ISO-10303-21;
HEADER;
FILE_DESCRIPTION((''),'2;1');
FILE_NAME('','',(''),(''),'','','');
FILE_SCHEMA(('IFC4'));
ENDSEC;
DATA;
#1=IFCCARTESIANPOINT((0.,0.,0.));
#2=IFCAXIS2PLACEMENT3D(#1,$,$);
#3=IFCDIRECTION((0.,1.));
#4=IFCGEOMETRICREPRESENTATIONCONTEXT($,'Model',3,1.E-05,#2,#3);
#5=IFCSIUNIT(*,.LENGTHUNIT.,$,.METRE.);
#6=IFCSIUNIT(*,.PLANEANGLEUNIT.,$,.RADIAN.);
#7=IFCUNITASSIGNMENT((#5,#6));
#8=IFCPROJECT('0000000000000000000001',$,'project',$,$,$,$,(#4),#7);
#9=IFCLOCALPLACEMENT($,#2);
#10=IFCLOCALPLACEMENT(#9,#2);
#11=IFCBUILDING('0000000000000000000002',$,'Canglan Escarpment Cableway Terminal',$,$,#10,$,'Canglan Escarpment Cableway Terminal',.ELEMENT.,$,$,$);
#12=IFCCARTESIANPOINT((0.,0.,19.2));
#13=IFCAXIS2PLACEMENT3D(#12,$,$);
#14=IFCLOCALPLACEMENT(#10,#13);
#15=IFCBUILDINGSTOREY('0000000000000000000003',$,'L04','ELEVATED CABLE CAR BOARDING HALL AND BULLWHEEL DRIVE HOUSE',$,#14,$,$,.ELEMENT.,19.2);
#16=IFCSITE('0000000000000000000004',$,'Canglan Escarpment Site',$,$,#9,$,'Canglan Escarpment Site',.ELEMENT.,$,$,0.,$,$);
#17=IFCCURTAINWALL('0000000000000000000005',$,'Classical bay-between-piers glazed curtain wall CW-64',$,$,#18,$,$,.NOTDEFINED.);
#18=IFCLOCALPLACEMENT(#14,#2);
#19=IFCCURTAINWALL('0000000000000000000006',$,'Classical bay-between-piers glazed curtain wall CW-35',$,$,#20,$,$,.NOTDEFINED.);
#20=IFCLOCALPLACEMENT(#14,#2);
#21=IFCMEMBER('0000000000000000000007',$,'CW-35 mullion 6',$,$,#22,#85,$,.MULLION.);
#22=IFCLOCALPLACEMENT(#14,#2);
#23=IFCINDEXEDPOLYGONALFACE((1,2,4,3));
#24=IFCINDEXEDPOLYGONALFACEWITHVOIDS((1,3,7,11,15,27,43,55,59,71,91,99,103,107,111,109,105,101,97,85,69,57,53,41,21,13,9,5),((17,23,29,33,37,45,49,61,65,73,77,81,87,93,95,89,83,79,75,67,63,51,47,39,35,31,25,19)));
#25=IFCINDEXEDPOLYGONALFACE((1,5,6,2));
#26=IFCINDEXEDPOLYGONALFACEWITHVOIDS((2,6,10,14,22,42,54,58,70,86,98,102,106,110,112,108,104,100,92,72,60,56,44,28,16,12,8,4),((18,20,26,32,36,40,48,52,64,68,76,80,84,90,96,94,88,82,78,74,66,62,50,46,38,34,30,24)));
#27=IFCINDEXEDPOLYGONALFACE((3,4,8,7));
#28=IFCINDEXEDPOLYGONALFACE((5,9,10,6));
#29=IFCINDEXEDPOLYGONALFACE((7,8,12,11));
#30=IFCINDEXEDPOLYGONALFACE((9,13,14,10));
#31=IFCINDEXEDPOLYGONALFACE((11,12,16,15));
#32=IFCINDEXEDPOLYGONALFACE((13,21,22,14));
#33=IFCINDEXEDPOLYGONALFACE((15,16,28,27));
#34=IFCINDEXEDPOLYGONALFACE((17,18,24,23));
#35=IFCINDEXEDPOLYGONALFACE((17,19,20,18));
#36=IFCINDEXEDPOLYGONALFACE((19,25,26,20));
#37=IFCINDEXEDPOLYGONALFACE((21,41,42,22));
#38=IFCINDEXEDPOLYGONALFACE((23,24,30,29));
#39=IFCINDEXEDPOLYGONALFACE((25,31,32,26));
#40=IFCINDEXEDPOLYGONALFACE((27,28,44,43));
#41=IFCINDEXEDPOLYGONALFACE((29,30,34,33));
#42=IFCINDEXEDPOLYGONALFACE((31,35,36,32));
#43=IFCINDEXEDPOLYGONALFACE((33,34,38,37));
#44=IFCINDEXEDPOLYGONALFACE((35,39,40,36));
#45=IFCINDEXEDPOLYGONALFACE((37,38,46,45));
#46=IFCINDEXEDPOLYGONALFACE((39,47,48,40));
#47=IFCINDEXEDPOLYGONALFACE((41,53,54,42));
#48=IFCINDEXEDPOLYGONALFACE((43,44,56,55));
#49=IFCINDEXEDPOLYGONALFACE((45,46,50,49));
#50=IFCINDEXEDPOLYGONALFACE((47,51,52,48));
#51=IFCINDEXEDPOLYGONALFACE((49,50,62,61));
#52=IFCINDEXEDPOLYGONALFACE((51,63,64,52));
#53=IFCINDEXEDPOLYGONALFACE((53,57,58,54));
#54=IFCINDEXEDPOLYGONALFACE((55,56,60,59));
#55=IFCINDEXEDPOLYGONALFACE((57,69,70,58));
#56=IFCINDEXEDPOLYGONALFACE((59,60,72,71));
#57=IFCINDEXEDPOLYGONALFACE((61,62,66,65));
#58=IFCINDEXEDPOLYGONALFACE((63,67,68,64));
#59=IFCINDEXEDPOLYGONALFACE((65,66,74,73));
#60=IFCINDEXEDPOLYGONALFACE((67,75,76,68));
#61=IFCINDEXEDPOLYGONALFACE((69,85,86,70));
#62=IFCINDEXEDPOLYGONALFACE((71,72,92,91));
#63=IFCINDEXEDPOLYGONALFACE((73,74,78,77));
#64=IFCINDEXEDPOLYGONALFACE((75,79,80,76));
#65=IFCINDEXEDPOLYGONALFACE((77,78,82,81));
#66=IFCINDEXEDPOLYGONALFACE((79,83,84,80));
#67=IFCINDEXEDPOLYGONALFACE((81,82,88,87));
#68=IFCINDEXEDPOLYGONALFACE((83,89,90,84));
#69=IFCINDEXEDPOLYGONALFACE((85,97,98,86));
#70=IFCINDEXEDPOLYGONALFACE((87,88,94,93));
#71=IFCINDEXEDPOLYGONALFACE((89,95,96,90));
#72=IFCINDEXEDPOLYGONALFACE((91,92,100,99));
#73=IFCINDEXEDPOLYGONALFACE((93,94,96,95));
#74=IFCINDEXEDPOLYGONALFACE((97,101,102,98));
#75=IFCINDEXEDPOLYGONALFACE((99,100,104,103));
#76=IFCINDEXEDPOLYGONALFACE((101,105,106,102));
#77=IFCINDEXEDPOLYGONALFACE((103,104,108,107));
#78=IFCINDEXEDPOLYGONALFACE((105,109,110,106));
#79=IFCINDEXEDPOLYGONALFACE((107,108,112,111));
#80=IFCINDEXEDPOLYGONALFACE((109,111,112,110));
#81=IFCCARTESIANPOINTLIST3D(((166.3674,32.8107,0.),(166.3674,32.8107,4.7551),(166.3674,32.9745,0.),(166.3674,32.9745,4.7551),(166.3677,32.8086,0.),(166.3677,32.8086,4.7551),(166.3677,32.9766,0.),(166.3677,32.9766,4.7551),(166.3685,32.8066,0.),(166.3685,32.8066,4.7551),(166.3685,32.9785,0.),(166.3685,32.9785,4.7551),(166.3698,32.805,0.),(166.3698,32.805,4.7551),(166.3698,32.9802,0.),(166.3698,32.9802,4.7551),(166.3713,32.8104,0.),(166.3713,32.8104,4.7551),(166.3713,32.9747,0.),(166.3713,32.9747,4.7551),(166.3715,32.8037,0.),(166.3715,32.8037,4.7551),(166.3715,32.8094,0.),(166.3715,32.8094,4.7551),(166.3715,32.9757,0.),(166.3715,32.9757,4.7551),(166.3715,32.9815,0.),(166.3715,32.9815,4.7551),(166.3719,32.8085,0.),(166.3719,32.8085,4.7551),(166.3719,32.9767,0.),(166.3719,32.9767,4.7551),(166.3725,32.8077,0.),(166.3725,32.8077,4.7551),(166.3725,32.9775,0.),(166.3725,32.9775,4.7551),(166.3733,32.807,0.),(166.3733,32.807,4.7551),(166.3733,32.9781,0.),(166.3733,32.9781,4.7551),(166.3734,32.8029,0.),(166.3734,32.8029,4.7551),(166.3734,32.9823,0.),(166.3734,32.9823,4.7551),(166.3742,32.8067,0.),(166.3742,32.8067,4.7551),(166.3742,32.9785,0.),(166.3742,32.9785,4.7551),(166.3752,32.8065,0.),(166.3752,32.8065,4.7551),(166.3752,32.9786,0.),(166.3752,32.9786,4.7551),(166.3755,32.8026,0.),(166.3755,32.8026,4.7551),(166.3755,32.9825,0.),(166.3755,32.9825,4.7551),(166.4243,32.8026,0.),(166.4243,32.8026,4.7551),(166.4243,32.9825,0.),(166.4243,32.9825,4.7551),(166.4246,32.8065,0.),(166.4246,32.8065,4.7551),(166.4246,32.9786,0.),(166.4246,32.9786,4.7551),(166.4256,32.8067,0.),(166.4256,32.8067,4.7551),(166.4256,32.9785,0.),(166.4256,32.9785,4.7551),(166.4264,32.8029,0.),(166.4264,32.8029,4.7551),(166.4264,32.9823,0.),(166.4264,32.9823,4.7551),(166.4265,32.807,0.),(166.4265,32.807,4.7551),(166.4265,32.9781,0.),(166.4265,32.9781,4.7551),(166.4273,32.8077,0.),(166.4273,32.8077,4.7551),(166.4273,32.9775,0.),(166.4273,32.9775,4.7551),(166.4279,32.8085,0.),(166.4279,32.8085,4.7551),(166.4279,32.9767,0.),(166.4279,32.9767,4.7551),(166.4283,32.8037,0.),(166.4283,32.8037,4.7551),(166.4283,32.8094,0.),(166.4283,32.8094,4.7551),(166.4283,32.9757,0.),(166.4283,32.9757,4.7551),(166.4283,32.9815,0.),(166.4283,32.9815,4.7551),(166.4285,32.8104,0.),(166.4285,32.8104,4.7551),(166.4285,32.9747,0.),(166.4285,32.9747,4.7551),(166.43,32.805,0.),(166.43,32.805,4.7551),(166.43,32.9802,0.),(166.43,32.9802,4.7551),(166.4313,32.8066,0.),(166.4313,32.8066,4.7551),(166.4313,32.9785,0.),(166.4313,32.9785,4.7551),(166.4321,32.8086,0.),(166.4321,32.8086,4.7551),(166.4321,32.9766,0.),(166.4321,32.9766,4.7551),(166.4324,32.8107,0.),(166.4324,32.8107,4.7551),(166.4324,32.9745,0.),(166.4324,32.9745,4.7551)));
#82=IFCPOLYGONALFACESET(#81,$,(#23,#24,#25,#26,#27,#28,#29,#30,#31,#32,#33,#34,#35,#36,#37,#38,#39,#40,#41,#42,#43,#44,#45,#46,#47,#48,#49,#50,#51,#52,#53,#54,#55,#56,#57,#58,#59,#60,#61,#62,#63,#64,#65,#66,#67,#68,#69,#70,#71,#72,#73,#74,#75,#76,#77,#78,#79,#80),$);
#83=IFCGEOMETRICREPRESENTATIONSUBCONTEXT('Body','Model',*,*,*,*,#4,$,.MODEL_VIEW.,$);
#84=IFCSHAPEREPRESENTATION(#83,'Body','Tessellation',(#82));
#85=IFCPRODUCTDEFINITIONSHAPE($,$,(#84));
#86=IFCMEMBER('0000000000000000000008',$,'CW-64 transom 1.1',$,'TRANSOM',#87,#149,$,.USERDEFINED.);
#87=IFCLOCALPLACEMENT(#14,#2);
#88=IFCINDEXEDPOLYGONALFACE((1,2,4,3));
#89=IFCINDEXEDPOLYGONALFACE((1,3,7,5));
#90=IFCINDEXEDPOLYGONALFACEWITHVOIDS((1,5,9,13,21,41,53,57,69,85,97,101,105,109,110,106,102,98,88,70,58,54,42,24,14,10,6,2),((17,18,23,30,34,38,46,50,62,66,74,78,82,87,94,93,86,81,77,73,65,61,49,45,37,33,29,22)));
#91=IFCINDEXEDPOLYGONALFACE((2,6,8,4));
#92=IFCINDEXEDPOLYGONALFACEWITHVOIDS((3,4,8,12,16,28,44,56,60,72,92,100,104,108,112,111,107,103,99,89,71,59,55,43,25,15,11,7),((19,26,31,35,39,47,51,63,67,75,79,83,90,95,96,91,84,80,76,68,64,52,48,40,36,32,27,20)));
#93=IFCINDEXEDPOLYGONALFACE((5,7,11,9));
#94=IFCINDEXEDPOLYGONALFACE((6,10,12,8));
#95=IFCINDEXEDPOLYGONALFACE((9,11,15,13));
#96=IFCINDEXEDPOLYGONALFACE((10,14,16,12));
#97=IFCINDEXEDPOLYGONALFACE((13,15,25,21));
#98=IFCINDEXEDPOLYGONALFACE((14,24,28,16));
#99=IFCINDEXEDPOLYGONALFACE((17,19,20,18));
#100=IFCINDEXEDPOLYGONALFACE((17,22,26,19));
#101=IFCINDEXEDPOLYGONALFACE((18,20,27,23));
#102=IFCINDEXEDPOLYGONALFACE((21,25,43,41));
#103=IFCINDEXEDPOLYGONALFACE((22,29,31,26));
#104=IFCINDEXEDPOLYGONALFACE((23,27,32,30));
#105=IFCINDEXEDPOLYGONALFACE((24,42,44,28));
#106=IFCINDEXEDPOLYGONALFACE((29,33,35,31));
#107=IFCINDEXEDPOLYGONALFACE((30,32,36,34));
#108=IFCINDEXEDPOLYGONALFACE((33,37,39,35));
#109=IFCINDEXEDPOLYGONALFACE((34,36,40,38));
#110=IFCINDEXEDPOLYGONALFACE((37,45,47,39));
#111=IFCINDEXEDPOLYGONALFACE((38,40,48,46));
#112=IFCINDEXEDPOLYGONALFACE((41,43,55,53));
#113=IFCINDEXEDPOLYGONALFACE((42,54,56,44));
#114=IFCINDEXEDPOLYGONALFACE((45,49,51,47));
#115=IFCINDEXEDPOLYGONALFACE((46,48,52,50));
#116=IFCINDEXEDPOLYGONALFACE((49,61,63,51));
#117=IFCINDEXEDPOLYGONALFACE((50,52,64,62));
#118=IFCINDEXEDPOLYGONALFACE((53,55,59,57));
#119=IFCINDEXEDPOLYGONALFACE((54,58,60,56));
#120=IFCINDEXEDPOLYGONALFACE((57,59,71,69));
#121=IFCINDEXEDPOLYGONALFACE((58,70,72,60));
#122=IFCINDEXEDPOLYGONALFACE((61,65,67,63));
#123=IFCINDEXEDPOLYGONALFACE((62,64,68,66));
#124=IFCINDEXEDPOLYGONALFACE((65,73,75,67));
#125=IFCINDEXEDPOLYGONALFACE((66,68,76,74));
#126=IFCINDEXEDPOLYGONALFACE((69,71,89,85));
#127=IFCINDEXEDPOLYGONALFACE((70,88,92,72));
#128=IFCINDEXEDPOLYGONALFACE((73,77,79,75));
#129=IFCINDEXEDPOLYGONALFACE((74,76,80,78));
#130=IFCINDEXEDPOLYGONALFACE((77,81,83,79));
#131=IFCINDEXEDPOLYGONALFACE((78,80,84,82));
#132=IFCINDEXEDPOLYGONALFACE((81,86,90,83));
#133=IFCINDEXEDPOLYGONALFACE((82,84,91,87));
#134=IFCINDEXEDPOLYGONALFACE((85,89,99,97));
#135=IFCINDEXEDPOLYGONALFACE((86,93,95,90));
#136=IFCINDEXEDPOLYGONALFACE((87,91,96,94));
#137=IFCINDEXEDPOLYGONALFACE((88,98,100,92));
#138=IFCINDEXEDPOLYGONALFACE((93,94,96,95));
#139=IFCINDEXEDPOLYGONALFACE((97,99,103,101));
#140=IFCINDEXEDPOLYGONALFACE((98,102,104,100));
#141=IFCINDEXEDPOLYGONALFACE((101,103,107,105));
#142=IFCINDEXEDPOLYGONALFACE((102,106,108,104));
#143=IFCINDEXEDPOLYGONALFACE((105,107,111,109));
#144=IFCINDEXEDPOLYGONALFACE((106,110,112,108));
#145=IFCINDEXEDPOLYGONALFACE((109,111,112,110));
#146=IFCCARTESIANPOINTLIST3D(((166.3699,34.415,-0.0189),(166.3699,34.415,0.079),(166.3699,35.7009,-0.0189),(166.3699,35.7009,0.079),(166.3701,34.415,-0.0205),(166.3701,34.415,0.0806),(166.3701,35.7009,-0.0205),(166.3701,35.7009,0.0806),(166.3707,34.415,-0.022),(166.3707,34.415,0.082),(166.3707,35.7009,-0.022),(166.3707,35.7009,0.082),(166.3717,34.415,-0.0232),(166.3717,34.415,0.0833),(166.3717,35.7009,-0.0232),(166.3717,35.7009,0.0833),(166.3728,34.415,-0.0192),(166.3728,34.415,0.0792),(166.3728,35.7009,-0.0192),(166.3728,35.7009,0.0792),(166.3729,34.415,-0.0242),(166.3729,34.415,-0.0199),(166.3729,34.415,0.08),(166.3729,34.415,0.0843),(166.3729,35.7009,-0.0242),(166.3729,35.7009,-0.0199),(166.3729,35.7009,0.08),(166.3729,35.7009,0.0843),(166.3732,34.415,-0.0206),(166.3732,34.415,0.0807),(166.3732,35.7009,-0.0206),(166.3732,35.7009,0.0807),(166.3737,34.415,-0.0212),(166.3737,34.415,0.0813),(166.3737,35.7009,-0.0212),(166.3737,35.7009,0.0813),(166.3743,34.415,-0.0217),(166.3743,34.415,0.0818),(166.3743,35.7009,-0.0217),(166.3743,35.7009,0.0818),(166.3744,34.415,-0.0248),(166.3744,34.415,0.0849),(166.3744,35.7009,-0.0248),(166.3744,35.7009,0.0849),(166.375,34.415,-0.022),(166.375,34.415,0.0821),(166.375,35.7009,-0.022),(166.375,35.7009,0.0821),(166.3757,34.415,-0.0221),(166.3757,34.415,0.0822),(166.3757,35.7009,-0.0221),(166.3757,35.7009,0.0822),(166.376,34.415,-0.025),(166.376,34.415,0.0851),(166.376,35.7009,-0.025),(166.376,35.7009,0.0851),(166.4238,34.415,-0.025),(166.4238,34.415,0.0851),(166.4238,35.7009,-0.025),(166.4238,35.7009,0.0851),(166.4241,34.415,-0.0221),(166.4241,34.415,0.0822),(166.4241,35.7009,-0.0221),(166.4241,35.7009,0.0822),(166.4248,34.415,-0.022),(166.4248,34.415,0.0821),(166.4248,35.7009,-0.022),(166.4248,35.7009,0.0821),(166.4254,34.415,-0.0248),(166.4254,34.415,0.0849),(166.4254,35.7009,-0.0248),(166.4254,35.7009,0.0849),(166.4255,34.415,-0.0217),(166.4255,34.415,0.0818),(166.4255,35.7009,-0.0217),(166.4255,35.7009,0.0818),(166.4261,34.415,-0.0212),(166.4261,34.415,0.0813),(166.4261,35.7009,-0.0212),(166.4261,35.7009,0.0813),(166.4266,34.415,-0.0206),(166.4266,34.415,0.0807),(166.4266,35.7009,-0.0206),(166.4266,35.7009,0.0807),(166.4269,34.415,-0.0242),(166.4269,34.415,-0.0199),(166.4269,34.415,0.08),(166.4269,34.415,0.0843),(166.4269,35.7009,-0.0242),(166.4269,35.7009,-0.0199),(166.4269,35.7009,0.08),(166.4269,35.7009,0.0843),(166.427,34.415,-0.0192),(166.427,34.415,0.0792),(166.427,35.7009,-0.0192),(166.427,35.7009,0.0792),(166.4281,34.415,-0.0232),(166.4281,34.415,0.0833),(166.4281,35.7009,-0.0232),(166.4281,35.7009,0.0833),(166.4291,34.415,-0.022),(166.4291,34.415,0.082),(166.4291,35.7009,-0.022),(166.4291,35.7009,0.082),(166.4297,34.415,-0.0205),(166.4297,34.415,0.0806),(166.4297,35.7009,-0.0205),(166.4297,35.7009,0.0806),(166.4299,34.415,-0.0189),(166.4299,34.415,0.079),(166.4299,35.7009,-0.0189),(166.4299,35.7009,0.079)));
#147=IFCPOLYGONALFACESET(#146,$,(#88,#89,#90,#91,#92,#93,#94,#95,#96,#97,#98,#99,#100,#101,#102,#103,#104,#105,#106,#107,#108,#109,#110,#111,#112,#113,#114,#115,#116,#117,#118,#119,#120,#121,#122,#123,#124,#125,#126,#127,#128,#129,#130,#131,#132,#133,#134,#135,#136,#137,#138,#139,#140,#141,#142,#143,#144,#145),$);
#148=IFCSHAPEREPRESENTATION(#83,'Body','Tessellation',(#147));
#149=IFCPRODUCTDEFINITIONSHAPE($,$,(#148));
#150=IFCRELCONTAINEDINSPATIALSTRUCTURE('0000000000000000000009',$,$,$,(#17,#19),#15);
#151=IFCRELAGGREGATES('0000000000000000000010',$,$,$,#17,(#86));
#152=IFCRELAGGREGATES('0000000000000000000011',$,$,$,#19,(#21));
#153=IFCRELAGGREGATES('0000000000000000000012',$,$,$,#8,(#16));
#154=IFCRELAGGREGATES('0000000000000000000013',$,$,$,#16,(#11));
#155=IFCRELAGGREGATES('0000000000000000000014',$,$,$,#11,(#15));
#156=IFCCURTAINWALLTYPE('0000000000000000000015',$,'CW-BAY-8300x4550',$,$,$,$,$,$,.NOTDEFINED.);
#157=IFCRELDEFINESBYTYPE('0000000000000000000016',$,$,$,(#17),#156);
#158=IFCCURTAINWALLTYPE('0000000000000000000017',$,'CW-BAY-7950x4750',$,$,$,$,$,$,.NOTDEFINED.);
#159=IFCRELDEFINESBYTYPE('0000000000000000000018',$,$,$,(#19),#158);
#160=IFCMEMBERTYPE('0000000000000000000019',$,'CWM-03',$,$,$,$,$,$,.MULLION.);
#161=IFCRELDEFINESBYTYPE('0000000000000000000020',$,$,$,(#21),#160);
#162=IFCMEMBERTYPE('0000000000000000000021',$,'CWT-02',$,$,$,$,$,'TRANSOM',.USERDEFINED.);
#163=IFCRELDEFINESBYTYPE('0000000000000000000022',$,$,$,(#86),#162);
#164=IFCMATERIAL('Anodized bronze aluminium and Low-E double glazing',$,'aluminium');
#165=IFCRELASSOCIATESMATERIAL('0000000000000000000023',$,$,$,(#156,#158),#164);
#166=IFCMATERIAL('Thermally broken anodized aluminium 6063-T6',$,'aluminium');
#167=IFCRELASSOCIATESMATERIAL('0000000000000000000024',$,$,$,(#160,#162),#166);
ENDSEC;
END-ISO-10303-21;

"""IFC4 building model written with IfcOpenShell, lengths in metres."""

from ifc_helpers import new_model, si_unit, direction, frame, origin, origin_2d, place, context, subcontext, project, spatial, hollow_rectangle, extrude, material, material_profile, profile_set, type_object, element, aggregate, save


model = new_model("IFC4")

# Units and contexts
model_context = context("Model", 3, precision=1e-05, world=origin(), true_north=direction((0.0, 1.0)))
body_context = subcontext(model_context, "Body", "Model", "MODEL_VIEW")
ifc_project = project(units=[si_unit("LENGTHUNIT", "METRE"), si_unit("PLANEANGLEUNIT", "RADIAN")], contexts=[model_context])

# Site, building, storey
site_placement = place(None, origin())
site = spatial("IfcSite", under=ifc_project, at=site_placement, Name="Canglan Escarpment Site", LongName="Canglan Escarpment Site", CompositionType="ELEMENT", RefElevation=0.0)
building_placement = place(site_placement, origin())
building = spatial("IfcBuilding", under=site, at=building_placement, Name="Canglan Escarpment Cableway Terminal", LongName="Canglan Escarpment Cableway Terminal", CompositionType="ELEMENT")
storey_placement = place(building_placement, frame((0.0, 0.0, 19.2)))
storey = spatial("IfcBuildingStorey", under=building, at=storey_placement, Name="L04", Description="ELEVATED CABLE CAR BOARDING HALL AND BULLWHEEL DRIVE HOUSE", CompositionType="ELEMENT", Elevation=19.2)

# Curtain wall
ifc_material_1 = material(Name="Anodized bronze aluminium and Low-E double glazing", Category="aluminium")
curtain_wall_type_1 = type_object("IfcCurtainWallType", Name="CW-BAY-8300x4550", PredefinedType="NOTDEFINED", material=ifc_material_1)
curtain_wall_1_placement = place(storey_placement, origin())
curtain_wall_1 = element("IfcCurtainWall", 1, at=curtain_wall_1_placement, inside=storey, type_object=curtain_wall_type_1, Name="Classical bay-between-piers glazed curtain wall CW-64", PredefinedType="NOTDEFINED")
ifc_material_2 = material(Name="Thermally broken anodized aluminium 6063-T6", Category="aluminium")

# Curtain wall, member
curtain_wall_type_2 = type_object("IfcCurtainWallType", Name="CW-BAY-7950x4750", PredefinedType="NOTDEFINED", material=ifc_material_1)
curtain_wall_2_placement = place(storey_placement, origin())
curtain_wall_2 = element("IfcCurtainWall", 2, at=curtain_wall_2_placement, inside=storey, type_object=curtain_wall_type_2, Name="Classical bay-between-piers glazed curtain wall CW-35", PredefinedType="NOTDEFINED")
ifc_material_profile_1 = material_profile(ifc_material_2, hollow_rectangle(XDim=0.0649, YDim=0.1799, WallThickness=0.0039, InnerFilletRadius=0.0039, OuterFilletRadius=0.0081, at=origin_2d()), Name="ALU-MULL 65x180x4")
ifc_profile_set_1 = profile_set([ifc_material_profile_1], Name="Thermally broken anodized aluminium 6063-T6")
member_type_1 = type_object("IfcMemberType", Name="CWM-03", PredefinedType="MULLION", material=ifc_profile_set_1)
member_1_placement = place(storey_placement, frame((166.3999, 32.8926, 0.0), z_axis=(0.0, 0.0, 1.0), x_axis=(-1.0, 0.0, 0.0)))
member_1 = element("IfcMember", 3, at=member_1_placement, type_object=member_type_1, Name="CW-35 mullion 6", PredefinedType="MULLION", context=body_context, shape_type="SweptSolid", body=[
    extrude(hollow_rectangle(XDim=0.0649, YDim=0.1799, WallThickness=0.0039, InnerFilletRadius=0.0039, OuterFilletRadius=0.0081, at=origin_2d()), origin(), (0.0, 0.0, 1.0), 4.7551),
])

# Member
ifc_material_profile_2 = material_profile(ifc_material_2, hollow_rectangle(XDim=0.0601, YDim=0.1101, WallThickness=0.0029, InnerFilletRadius=0.0029, OuterFilletRadius=0.0061, at=origin_2d()), Name="ALU-TRAN 60x110x3")
ifc_profile_set_2 = profile_set([ifc_material_profile_2], Name="Thermally broken anodized aluminium 6063-T6")
member_type_2 = type_object("IfcMemberType", Name="CWT-02", ElementType="TRANSOM", PredefinedType="USERDEFINED", material=ifc_profile_set_2)
member_2_placement = place(storey_placement, frame((166.3999, 34.415, 0.03), z_axis=(0.0, 1.0, 0.0), x_axis=(-1.0, 0.0, 0.0)))
member_2 = element("IfcMember", 4, at=member_2_placement, type_object=member_type_2, Name="CW-64 transom 1.1", ObjectType="TRANSOM", PredefinedType="USERDEFINED", context=body_context, shape_type="SweptSolid", body=[
    extrude(hollow_rectangle(XDim=0.0601, YDim=0.1101, WallThickness=0.0029, InnerFilletRadius=0.0029, OuterFilletRadius=0.0061, at=origin_2d()), origin(), (0.0, 0.0, 1.0), 1.2859),
])

aggregate(curtain_wall_1, [member_2])
aggregate(curtain_wall_2, [member_1])

save(model, "model.ifc")
